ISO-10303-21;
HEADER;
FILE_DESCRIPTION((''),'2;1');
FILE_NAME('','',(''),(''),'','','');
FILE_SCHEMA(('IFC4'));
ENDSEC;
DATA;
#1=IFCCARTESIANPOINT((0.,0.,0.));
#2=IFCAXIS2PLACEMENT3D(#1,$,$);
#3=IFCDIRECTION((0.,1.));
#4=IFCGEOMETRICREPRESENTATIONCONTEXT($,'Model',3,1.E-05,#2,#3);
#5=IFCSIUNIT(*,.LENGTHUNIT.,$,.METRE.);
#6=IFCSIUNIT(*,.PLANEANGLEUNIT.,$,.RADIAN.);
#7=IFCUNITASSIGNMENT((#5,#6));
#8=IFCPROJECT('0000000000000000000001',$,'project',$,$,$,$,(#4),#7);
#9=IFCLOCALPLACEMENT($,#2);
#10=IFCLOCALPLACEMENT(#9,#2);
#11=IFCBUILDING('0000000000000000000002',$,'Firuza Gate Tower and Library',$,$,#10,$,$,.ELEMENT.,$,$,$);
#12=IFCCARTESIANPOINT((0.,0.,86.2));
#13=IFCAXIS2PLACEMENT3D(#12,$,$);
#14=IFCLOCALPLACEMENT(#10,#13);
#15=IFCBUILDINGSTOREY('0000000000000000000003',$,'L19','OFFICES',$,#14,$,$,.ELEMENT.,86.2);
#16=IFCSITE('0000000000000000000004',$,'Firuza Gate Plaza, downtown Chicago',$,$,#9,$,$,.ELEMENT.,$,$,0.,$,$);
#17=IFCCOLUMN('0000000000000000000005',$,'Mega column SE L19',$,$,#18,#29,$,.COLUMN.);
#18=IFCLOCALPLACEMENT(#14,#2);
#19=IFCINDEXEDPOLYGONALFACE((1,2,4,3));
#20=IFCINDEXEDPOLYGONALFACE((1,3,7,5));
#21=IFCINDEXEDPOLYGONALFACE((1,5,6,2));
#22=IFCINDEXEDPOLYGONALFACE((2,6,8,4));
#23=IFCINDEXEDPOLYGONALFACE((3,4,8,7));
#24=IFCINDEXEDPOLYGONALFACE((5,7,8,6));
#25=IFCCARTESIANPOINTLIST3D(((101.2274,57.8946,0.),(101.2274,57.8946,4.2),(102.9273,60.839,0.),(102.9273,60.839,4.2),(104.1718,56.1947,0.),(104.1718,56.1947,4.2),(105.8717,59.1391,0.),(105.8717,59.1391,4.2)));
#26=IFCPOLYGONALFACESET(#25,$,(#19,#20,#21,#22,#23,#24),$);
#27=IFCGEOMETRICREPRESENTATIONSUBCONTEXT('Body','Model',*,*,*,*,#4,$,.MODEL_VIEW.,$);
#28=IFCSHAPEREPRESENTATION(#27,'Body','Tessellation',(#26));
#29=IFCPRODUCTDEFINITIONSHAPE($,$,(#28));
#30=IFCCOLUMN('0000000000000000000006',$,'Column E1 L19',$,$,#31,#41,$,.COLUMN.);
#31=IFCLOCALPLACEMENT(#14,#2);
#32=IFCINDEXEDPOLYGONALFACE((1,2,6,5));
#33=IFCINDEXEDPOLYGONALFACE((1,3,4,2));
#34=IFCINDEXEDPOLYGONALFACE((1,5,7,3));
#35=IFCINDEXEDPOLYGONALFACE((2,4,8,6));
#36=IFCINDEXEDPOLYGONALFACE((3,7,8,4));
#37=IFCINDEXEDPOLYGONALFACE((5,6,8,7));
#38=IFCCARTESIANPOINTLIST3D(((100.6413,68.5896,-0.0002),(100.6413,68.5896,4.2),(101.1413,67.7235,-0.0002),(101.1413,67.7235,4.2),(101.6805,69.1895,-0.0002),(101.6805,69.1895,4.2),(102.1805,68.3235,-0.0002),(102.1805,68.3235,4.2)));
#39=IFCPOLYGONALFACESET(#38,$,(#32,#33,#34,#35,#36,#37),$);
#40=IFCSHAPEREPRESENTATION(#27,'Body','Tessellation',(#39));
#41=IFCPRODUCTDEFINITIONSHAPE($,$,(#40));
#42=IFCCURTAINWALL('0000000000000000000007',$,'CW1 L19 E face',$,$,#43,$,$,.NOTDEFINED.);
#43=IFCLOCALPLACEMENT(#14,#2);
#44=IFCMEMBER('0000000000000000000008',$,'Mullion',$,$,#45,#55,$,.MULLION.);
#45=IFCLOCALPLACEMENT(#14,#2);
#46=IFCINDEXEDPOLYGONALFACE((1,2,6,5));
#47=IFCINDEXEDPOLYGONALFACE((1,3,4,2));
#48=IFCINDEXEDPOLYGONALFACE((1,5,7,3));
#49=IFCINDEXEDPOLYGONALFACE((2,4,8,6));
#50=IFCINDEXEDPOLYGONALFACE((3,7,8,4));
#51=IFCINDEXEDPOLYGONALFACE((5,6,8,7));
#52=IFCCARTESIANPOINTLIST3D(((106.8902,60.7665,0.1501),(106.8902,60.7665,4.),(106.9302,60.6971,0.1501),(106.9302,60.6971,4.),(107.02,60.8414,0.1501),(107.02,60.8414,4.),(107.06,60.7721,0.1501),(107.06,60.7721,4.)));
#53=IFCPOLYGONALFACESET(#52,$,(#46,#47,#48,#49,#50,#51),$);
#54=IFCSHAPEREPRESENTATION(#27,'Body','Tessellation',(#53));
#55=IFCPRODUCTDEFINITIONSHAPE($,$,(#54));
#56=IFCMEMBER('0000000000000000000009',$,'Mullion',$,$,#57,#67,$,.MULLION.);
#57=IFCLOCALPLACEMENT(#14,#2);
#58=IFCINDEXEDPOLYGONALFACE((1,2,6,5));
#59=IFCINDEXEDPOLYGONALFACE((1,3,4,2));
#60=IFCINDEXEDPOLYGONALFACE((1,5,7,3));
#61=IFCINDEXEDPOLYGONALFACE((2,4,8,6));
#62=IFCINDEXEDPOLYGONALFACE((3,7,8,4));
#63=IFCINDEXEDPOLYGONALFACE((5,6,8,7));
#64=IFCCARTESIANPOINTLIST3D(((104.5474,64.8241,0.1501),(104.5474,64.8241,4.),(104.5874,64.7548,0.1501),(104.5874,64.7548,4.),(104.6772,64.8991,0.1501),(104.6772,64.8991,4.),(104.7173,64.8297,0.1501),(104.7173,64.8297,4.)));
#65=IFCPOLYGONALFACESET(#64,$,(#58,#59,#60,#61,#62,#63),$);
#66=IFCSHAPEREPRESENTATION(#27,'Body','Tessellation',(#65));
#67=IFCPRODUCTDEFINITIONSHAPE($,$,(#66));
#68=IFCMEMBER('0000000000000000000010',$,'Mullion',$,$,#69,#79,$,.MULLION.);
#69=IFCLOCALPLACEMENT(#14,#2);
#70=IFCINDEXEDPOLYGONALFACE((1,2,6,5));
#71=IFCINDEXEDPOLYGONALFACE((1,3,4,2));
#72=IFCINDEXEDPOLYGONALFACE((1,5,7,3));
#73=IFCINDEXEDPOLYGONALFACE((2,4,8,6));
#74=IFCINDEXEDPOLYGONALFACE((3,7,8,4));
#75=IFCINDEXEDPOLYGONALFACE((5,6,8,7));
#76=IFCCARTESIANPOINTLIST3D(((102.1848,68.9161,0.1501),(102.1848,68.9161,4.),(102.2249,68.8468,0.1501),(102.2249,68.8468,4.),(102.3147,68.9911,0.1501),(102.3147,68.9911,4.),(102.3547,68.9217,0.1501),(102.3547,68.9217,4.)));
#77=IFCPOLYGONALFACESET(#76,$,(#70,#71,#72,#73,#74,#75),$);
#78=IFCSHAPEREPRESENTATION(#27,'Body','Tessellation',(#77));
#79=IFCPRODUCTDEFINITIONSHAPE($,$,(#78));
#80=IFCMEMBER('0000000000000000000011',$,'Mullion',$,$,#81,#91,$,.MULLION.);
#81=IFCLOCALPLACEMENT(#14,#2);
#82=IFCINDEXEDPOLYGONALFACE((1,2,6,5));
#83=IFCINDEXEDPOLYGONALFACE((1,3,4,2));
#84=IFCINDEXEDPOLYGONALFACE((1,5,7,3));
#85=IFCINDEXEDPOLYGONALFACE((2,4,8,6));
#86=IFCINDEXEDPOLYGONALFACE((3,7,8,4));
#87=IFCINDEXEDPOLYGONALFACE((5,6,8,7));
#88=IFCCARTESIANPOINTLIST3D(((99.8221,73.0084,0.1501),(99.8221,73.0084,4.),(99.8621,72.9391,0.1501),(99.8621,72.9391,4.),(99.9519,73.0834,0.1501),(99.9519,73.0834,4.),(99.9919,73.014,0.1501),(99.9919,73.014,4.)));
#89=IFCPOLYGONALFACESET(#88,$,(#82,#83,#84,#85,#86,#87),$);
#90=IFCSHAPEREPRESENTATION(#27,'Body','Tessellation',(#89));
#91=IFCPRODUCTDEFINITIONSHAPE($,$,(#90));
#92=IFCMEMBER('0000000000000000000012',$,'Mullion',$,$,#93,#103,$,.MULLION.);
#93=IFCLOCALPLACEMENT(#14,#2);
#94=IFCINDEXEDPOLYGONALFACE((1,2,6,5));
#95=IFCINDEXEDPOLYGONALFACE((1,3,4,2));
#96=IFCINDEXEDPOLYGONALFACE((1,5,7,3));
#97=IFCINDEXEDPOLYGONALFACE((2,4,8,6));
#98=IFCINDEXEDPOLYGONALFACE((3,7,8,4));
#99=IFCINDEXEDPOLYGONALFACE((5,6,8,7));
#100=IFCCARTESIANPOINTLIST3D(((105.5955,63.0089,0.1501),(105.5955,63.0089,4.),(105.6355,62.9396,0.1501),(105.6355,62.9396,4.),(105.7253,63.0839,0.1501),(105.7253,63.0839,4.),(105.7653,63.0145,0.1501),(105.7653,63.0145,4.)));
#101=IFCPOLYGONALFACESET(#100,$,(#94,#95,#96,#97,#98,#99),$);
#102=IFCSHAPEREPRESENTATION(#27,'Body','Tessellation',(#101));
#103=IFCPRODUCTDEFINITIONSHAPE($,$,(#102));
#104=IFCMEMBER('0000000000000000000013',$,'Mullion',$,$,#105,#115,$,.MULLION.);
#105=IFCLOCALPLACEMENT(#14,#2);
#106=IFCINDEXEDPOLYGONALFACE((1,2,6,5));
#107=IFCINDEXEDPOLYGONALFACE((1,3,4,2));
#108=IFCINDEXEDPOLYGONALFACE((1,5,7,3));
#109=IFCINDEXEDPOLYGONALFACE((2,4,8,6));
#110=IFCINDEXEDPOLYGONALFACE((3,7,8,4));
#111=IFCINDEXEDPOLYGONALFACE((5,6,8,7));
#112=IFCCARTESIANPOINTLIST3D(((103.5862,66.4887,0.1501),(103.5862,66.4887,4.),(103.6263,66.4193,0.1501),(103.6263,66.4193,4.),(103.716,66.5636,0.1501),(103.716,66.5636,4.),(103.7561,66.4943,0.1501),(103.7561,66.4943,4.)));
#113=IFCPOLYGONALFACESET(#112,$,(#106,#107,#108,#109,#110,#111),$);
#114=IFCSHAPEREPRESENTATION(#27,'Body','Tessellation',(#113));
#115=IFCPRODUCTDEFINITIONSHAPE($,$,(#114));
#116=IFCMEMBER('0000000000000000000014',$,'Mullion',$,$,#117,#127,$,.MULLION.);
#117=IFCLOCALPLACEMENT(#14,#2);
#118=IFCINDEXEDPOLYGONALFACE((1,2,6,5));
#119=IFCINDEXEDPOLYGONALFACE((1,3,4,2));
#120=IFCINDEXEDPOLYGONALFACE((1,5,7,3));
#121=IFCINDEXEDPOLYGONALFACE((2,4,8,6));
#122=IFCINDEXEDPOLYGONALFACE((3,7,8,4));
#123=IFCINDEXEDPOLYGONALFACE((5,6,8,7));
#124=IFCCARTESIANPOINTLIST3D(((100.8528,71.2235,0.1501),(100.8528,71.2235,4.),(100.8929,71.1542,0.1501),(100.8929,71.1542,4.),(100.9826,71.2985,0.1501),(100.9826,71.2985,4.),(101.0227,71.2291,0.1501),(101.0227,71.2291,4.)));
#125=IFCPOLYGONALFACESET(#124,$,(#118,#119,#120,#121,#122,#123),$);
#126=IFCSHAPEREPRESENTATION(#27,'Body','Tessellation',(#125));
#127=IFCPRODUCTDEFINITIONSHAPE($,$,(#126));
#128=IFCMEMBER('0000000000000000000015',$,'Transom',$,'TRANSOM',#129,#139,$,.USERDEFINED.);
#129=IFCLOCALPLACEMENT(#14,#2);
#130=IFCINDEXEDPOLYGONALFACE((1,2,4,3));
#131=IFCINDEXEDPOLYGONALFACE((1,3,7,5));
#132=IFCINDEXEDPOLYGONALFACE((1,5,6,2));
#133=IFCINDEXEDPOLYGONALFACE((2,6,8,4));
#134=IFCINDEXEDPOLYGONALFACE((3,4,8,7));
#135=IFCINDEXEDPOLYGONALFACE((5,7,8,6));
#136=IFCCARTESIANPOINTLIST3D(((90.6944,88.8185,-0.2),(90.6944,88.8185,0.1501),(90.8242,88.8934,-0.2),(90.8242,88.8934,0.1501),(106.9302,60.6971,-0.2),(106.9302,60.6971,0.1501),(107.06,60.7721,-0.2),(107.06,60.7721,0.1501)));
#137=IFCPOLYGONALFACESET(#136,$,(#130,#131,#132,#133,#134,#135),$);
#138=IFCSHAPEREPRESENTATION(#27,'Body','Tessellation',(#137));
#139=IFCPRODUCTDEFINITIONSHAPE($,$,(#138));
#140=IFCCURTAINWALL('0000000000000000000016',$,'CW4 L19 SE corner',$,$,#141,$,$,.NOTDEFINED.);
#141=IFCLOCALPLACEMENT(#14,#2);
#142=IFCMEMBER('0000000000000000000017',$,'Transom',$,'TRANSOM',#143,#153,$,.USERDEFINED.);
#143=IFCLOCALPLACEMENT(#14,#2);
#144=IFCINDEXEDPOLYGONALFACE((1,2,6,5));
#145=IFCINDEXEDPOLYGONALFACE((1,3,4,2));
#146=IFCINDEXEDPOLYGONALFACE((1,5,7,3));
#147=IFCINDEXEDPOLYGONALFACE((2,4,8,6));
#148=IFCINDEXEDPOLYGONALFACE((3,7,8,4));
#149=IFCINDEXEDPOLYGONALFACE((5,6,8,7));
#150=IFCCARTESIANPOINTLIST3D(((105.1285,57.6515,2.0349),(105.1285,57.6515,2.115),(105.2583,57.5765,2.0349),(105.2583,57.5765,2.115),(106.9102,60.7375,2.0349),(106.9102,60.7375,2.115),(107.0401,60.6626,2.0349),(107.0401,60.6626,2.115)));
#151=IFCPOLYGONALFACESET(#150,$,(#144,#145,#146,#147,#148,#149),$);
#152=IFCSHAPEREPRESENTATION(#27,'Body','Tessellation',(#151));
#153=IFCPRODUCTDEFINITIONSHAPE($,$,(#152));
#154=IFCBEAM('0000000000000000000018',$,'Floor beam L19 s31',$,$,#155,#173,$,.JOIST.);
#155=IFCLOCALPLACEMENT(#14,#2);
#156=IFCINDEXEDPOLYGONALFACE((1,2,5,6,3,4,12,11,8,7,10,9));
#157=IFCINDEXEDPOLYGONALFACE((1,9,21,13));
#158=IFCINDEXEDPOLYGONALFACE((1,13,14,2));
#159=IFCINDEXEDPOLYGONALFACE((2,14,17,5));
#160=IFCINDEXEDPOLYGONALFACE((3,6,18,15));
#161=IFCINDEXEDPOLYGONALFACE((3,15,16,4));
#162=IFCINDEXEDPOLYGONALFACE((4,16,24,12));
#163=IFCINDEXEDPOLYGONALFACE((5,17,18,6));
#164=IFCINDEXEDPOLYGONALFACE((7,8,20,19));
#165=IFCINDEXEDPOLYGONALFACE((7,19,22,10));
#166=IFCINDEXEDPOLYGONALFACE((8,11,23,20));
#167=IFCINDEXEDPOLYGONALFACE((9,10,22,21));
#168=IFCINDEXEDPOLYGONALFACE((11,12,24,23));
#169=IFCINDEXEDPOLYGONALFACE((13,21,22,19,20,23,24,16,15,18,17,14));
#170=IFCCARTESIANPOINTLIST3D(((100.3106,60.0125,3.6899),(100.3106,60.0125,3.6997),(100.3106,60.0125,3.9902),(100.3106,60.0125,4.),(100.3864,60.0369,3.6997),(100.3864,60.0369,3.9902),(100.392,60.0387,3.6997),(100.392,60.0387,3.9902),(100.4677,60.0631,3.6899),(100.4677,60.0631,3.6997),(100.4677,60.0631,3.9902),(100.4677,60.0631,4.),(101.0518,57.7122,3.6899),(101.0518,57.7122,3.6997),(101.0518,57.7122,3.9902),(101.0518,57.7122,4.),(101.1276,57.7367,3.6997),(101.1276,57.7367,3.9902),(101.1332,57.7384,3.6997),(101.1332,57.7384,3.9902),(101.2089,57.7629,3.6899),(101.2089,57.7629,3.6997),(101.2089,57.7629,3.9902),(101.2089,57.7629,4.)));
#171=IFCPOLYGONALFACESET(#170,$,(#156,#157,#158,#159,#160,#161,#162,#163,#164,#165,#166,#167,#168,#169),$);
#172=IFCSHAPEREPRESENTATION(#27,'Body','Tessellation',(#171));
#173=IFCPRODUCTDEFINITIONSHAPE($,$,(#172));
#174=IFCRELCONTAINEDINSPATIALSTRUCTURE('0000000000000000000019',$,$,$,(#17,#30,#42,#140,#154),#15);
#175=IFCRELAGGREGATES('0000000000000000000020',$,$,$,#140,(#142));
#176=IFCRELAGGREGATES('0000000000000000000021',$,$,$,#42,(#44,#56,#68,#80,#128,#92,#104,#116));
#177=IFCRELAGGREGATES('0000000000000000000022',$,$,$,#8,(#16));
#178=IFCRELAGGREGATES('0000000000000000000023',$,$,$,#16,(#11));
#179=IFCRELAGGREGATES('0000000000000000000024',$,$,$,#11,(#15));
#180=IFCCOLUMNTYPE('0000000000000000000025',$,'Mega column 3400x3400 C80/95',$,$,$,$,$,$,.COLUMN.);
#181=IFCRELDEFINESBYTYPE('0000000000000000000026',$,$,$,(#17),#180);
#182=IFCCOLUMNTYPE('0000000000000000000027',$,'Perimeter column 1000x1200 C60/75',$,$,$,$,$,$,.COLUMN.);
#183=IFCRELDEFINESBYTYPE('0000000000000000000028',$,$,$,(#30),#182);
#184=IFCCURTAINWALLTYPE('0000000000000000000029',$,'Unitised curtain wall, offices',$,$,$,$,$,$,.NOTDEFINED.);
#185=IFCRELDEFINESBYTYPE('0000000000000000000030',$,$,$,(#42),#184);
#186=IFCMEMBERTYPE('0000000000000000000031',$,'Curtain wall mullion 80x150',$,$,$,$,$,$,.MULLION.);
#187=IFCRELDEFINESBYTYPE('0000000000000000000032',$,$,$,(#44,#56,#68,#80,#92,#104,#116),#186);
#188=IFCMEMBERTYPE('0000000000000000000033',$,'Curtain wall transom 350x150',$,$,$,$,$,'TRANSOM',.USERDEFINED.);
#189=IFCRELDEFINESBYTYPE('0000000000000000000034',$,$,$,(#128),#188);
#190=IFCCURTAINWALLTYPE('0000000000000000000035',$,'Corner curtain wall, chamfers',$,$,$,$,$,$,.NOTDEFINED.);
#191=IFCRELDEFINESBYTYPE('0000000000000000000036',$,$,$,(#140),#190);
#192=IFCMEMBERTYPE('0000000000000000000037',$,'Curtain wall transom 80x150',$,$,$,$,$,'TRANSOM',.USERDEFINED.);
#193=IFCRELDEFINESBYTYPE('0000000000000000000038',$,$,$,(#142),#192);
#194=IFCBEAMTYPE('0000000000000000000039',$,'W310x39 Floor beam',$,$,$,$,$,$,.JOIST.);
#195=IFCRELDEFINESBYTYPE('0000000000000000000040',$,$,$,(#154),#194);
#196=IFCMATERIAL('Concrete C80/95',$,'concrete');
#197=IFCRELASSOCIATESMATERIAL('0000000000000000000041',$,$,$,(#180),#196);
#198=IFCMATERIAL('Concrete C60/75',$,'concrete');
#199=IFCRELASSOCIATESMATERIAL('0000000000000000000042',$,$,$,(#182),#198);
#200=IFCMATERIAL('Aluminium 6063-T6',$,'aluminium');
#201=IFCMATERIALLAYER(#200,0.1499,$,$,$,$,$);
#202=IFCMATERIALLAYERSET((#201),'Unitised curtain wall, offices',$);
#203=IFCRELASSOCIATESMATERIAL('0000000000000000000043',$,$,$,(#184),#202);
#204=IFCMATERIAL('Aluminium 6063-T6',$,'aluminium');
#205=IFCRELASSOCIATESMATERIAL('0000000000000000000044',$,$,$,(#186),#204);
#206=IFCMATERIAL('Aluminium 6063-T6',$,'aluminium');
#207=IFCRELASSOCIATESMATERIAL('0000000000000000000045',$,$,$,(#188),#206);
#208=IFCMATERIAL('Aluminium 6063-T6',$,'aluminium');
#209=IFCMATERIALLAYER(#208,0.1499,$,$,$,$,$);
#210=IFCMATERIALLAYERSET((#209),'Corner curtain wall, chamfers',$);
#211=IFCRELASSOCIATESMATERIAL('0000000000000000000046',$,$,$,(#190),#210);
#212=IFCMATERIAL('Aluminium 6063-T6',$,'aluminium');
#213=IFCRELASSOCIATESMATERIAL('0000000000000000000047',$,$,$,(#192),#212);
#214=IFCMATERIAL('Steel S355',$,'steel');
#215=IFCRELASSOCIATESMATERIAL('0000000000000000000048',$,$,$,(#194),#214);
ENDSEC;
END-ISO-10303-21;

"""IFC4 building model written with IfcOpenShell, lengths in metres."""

from ifc_helpers import new_model, si_unit, direction, frame, origin, origin_2d, place, context, subcontext, project, spatial, rectangle, i_section, extrude, material, layer, layer_set, material_profile, profile_set, type_object, element, aggregate, save


model = new_model("IFC4")

# Units and contexts
model_context = context("Model", 3, precision=1e-05, world=origin(), true_north=direction((0.0, 1.0)))
body_context = subcontext(model_context, "Body", "Model", "MODEL_VIEW")
ifc_project = project(units=[si_unit("LENGTHUNIT", "METRE"), si_unit("PLANEANGLEUNIT", "RADIAN")], contexts=[model_context])

# Site, building, storey
site_placement = place(None, origin())
site = spatial("IfcSite", under=ifc_project, at=site_placement, Name="Firuza Gate Plaza, downtown Chicago", CompositionType="ELEMENT", RefElevation=0.0)
building_placement = place(site_placement, origin())
building = spatial("IfcBuilding", under=site, at=building_placement, Name="Firuza Gate Tower and Library", CompositionType="ELEMENT")
storey_placement = place(building_placement, frame((0.0, 0.0, 86.2)))
storey = spatial("IfcBuildingStorey", under=building, at=storey_placement, Name="L19", Description="OFFICES", CompositionType="ELEMENT", Elevation=86.2)

# Columns
ifc_material_1 = material(Name="Concrete C80/95", Category="concrete")
ifc_material_profile_1 = material_profile(ifc_material_1, rectangle(XDim=3.3999, YDim=3.3999, at=origin_2d()))
ifc_profile_set_1 = profile_set([ifc_material_profile_1], Name="Concrete C80/95")
column_type_1 = type_object("IfcColumnType", Name="Mega column 3400x3400 C80/95", PredefinedType="COLUMN", material=ifc_profile_set_1)
column_1_placement = place(storey_placement, frame((103.5496, 58.5168, 0.0), z_axis=(0.0, 0.0, 1.0), x_axis=(0.5, 0.866025, 0.0)))
element("IfcColumn", 1, at=column_1_placement, inside=storey, type_object=column_type_1, Name="Mega column SE L19", PredefinedType="COLUMN", context=body_context, shape_type="SweptSolid", body=[
    extrude(rectangle(XDim=3.3999, YDim=3.3999, at=origin_2d()), origin(), (0.0, 0.0, 1.0), 4.2),
])
ifc_material_2 = material(Name="Concrete C60/75", Category="concrete")
ifc_material_profile_2 = material_profile(ifc_material_2, rectangle(XDim=1.0, YDim=1.2, at=origin_2d()))
ifc_profile_set_2 = profile_set([ifc_material_profile_2], Name="Concrete C60/75")
column_type_2 = type_object("IfcColumnType", Name="Perimeter column 1000x1200 C60/75", PredefinedType="COLUMN", material=ifc_profile_set_2)
column_2_placement = place(storey_placement, frame((101.4109, 68.4565, -0.0002), z_axis=(0.0, 0.0, 1.0), x_axis=(-0.5, 0.866025, 0.0)))
element("IfcColumn", 2, at=column_2_placement, inside=storey, type_object=column_type_2, Name="Column E1 L19", PredefinedType="COLUMN", context=body_context, shape_type="SweptSolid", body=[
    extrude(rectangle(XDim=1.0, YDim=1.2, at=origin_2d()), origin(), (0.0, 0.0, 1.0), 4.2002),
])

# Curtain wall, members
ifc_material_3 = material(Name="Aluminium 6063-T6", Category="aluminium")
ifc_layer_1 = layer(ifc_material_3, 0.1499)
ifc_layer_set_1 = layer_set([ifc_layer_1], Name="Unitised curtain wall, offices")
curtain_wall_type_1 = type_object("IfcCurtainWallType", Name="Unitised curtain wall, offices", PredefinedType="NOTDEFINED", material=ifc_layer_set_1)
placement = place(storey_placement, origin())
curtain_wall_1 = element("IfcCurtainWall", 3, at=placement, inside=storey, type_object=curtain_wall_type_1, Name="CW1 L19 E face", PredefinedType="NOTDEFINED")
ifc_material_4 = material(Name="Aluminium 6063-T6", Category="aluminium")
ifc_material_profile_3 = material_profile(ifc_material_4, rectangle(XDim=0.1499, YDim=0.0801, at=origin_2d()))
ifc_profile_set_3 = profile_set([ifc_material_profile_3], Name="Aluminium 6063-T6")
member_type_1 = type_object("IfcMemberType", Name="Curtain wall mullion 80x150", PredefinedType="MULLION", material=ifc_profile_set_3)
member_1_placement = place(storey_placement, frame((106.9751, 60.7693, 0.1501), z_axis=(0.0, 0.0, 1.0), x_axis=(-0.866025, -0.5, 0.0)))
member_1 = element("IfcMember", 4, at=member_1_placement, type_object=member_type_1, Name="Mullion", PredefinedType="MULLION", context=body_context, shape_type="SweptSolid", body=[
    extrude(rectangle(XDim=0.1499, YDim=0.0801, at=origin_2d()), origin(), (0.0, 0.0, 1.0), 3.8499),
])
member_2_placement = place(storey_placement, frame((104.6323, 64.8269, 0.1501), z_axis=(0.0, 0.0, 1.0), x_axis=(-0.866025, -0.5, 0.0)))
member_2 = element("IfcMember", 5, at=member_2_placement, type_object=member_type_1, Name="Mullion", PredefinedType="MULLION", context=body_context, shape_type="SweptSolid", body=[
    extrude(rectangle(XDim=0.1499, YDim=0.0801, at=origin_2d()), origin(), (0.0, 0.0, 1.0), 3.8499),
])
member_3_placement = place(storey_placement, frame((102.2698, 68.9189, 0.1501), z_axis=(0.0, 0.0, 1.0), x_axis=(-0.866025, -0.5, 0.0)))
member_3 = element("IfcMember", 6, at=member_3_placement, type_object=member_type_1, Name="Mullion", PredefinedType="MULLION", context=body_context, shape_type="SweptSolid", body=[
    extrude(rectangle(XDim=0.1499, YDim=0.0801, at=origin_2d()), origin(), (0.0, 0.0, 1.0), 3.8499),
])
member_4_placement = place(storey_placement, frame((99.907, 73.0112, 0.1501), z_axis=(0.0, 0.0, 1.0), x_axis=(-0.866025, -0.5, 0.0)))
member_4 = element("IfcMember", 7, at=member_4_placement, type_object=member_type_1, Name="Mullion", PredefinedType="MULLION", context=body_context, shape_type="SweptSolid", body=[
    extrude(rectangle(XDim=0.1499, YDim=0.0801, at=origin_2d()), origin(), (0.0, 0.0, 1.0), 3.8499),
])
member_5_placement = place(storey_placement, frame((105.6804, 63.0117, 0.1501), z_axis=(0.0, 0.0, 1.0), x_axis=(-0.866025, -0.5, 0.0)))
member_5 = element("IfcMember", 8, at=member_5_placement, type_object=member_type_1, Name="Mullion", PredefinedType="MULLION", context=body_context, shape_type="SweptSolid", body=[
    extrude(rectangle(XDim=0.1499, YDim=0.0801, at=origin_2d()), origin(), (0.0, 0.0, 1.0), 3.8499),
])
member_6_placement = place(storey_placement, frame((103.6711, 66.4915, 0.1501), z_axis=(0.0, 0.0, 1.0), x_axis=(-0.866025, -0.5, 0.0)))
member_6 = element("IfcMember", 9, at=member_6_placement, type_object=member_type_1, Name="Mullion", PredefinedType="MULLION", context=body_context, shape_type="SweptSolid", body=[
    extrude(rectangle(XDim=0.1499, YDim=0.0801, at=origin_2d()), origin(), (0.0, 0.0, 1.0), 3.8499),
])
member_7_placement = place(storey_placement, frame((100.9377, 71.2263, 0.1501), z_axis=(0.0, 0.0, 1.0), x_axis=(-0.866025, -0.5, 0.0)))
member_7 = element("IfcMember", 10, at=member_7_placement, type_object=member_type_1, Name="Mullion", PredefinedType="MULLION", context=body_context, shape_type="SweptSolid", body=[
    extrude(rectangle(XDim=0.1499, YDim=0.0801, at=origin_2d()), origin(), (0.0, 0.0, 1.0), 3.8499),
])
ifc_material_5 = material(Name="Aluminium 6063-T6", Category="aluminium")
ifc_material_profile_4 = material_profile(ifc_material_5, rectangle(XDim=0.1499, YDim=0.3501, at=origin_2d()))
ifc_profile_set_4 = profile_set([ifc_material_profile_4], Name="Aluminium 6063-T6")
member_type_2 = type_object("IfcMemberType", Name="Curtain wall transom 350x150", ElementType="TRANSOM", PredefinedType="USERDEFINED", material=ifc_profile_set_4)
member_8_placement = place(storey_placement, frame((106.9951, 60.7346, -0.0249), z_axis=(-0.499999, 0.866026, 0.0), x_axis=(-0.866026, -0.499999, 0.0)))
member_8 = element("IfcMember", 11, at=member_8_placement, type_object=member_type_2, Name="Transom", ObjectType="TRANSOM", PredefinedType="USERDEFINED", context=body_context, shape_type="SweptSolid", body=[
    extrude(rectangle(XDim=0.1499, YDim=0.3501, at=origin_2d()), origin(), (0.0, 0.0, 1.0), 32.4717),
])

# Curtain wall, member
ifc_material_6 = material(Name="Aluminium 6063-T6", Category="aluminium")
ifc_layer_2 = layer(ifc_material_6, 0.1499)
ifc_layer_set_2 = layer_set([ifc_layer_2], Name="Corner curtain wall, chamfers")
curtain_wall_type_2 = type_object("IfcCurtainWallType", Name="Corner curtain wall, chamfers", PredefinedType="NOTDEFINED", material=ifc_layer_set_2)
curtain_wall_2 = element("IfcCurtainWall", 12, at=placement, inside=storey, type_object=curtain_wall_type_2, Name="CW4 L19 SE corner", PredefinedType="NOTDEFINED")
ifc_material_7 = material(Name="Aluminium 6063-T6", Category="aluminium")
ifc_material_profile_5 = material_profile(ifc_material_7, rectangle(XDim=0.1499, YDim=0.0801, at=origin_2d()))
ifc_profile_set_5 = profile_set([ifc_material_profile_5], Name="Aluminium 6063-T6")
member_type_3 = type_object("IfcMemberType", Name="Curtain wall transom 80x150", ElementType="TRANSOM", PredefinedType="USERDEFINED", material=ifc_profile_set_5)
member_9_placement = place(storey_placement, frame((105.1934, 57.614, 2.075), z_axis=(0.500015, 0.866017, 0.0), x_axis=(-0.866017, 0.500015, 0.0)))
member_9 = element("IfcMember", 13, at=member_9_placement, type_object=member_type_3, Name="Transom", ObjectType="TRANSOM", PredefinedType="USERDEFINED", context=body_context, shape_type="SweptSolid", body=[
    extrude(rectangle(XDim=0.1499, YDim=0.0801, at=origin_2d()), origin(), (0.0, 0.0, 1.0), 3.5635),
])
aggregate(curtain_wall_2, [member_9])

# Beam
ifc_material_8 = material(Name="Steel S355", Category="steel")
ifc_material_profile_6 = material_profile(ifc_material_8, i_section(OverallWidth=0.165, OverallDepth=0.3101, WebThickness=0.0059, FlangeThickness=0.0098, at=origin_2d()))
ifc_profile_set_6 = profile_set([ifc_material_profile_6], Name="Steel S355")
beam_type_1 = type_object("IfcBeamType", Name="W310x39 Floor beam", PredefinedType="JOIST", material=ifc_profile_set_6)
beam_1_placement = place(storey_placement, frame((101.1304, 57.7375, 3.845), z_axis=(-0.306696, 0.951808, 0.0), x_axis=(-0.951808, -0.306696, 0.0)))
element("IfcBeam", 14, at=beam_1_placement, inside=storey, type_object=beam_type_1, Name="Floor beam L19 s31", PredefinedType="JOIST", context=body_context, shape_type="SweptSolid", body=[
    extrude(i_section(OverallWidth=0.165, OverallDepth=0.3101, WebThickness=0.0059, FlangeThickness=0.0098, at=origin_2d()), origin(), (0.0, 0.0, 1.0), 2.4167),
])

aggregate(curtain_wall_1, [member_1, member_2, member_3, member_4, member_8, member_5, member_6, member_7])

save(model, "model.ifc")
